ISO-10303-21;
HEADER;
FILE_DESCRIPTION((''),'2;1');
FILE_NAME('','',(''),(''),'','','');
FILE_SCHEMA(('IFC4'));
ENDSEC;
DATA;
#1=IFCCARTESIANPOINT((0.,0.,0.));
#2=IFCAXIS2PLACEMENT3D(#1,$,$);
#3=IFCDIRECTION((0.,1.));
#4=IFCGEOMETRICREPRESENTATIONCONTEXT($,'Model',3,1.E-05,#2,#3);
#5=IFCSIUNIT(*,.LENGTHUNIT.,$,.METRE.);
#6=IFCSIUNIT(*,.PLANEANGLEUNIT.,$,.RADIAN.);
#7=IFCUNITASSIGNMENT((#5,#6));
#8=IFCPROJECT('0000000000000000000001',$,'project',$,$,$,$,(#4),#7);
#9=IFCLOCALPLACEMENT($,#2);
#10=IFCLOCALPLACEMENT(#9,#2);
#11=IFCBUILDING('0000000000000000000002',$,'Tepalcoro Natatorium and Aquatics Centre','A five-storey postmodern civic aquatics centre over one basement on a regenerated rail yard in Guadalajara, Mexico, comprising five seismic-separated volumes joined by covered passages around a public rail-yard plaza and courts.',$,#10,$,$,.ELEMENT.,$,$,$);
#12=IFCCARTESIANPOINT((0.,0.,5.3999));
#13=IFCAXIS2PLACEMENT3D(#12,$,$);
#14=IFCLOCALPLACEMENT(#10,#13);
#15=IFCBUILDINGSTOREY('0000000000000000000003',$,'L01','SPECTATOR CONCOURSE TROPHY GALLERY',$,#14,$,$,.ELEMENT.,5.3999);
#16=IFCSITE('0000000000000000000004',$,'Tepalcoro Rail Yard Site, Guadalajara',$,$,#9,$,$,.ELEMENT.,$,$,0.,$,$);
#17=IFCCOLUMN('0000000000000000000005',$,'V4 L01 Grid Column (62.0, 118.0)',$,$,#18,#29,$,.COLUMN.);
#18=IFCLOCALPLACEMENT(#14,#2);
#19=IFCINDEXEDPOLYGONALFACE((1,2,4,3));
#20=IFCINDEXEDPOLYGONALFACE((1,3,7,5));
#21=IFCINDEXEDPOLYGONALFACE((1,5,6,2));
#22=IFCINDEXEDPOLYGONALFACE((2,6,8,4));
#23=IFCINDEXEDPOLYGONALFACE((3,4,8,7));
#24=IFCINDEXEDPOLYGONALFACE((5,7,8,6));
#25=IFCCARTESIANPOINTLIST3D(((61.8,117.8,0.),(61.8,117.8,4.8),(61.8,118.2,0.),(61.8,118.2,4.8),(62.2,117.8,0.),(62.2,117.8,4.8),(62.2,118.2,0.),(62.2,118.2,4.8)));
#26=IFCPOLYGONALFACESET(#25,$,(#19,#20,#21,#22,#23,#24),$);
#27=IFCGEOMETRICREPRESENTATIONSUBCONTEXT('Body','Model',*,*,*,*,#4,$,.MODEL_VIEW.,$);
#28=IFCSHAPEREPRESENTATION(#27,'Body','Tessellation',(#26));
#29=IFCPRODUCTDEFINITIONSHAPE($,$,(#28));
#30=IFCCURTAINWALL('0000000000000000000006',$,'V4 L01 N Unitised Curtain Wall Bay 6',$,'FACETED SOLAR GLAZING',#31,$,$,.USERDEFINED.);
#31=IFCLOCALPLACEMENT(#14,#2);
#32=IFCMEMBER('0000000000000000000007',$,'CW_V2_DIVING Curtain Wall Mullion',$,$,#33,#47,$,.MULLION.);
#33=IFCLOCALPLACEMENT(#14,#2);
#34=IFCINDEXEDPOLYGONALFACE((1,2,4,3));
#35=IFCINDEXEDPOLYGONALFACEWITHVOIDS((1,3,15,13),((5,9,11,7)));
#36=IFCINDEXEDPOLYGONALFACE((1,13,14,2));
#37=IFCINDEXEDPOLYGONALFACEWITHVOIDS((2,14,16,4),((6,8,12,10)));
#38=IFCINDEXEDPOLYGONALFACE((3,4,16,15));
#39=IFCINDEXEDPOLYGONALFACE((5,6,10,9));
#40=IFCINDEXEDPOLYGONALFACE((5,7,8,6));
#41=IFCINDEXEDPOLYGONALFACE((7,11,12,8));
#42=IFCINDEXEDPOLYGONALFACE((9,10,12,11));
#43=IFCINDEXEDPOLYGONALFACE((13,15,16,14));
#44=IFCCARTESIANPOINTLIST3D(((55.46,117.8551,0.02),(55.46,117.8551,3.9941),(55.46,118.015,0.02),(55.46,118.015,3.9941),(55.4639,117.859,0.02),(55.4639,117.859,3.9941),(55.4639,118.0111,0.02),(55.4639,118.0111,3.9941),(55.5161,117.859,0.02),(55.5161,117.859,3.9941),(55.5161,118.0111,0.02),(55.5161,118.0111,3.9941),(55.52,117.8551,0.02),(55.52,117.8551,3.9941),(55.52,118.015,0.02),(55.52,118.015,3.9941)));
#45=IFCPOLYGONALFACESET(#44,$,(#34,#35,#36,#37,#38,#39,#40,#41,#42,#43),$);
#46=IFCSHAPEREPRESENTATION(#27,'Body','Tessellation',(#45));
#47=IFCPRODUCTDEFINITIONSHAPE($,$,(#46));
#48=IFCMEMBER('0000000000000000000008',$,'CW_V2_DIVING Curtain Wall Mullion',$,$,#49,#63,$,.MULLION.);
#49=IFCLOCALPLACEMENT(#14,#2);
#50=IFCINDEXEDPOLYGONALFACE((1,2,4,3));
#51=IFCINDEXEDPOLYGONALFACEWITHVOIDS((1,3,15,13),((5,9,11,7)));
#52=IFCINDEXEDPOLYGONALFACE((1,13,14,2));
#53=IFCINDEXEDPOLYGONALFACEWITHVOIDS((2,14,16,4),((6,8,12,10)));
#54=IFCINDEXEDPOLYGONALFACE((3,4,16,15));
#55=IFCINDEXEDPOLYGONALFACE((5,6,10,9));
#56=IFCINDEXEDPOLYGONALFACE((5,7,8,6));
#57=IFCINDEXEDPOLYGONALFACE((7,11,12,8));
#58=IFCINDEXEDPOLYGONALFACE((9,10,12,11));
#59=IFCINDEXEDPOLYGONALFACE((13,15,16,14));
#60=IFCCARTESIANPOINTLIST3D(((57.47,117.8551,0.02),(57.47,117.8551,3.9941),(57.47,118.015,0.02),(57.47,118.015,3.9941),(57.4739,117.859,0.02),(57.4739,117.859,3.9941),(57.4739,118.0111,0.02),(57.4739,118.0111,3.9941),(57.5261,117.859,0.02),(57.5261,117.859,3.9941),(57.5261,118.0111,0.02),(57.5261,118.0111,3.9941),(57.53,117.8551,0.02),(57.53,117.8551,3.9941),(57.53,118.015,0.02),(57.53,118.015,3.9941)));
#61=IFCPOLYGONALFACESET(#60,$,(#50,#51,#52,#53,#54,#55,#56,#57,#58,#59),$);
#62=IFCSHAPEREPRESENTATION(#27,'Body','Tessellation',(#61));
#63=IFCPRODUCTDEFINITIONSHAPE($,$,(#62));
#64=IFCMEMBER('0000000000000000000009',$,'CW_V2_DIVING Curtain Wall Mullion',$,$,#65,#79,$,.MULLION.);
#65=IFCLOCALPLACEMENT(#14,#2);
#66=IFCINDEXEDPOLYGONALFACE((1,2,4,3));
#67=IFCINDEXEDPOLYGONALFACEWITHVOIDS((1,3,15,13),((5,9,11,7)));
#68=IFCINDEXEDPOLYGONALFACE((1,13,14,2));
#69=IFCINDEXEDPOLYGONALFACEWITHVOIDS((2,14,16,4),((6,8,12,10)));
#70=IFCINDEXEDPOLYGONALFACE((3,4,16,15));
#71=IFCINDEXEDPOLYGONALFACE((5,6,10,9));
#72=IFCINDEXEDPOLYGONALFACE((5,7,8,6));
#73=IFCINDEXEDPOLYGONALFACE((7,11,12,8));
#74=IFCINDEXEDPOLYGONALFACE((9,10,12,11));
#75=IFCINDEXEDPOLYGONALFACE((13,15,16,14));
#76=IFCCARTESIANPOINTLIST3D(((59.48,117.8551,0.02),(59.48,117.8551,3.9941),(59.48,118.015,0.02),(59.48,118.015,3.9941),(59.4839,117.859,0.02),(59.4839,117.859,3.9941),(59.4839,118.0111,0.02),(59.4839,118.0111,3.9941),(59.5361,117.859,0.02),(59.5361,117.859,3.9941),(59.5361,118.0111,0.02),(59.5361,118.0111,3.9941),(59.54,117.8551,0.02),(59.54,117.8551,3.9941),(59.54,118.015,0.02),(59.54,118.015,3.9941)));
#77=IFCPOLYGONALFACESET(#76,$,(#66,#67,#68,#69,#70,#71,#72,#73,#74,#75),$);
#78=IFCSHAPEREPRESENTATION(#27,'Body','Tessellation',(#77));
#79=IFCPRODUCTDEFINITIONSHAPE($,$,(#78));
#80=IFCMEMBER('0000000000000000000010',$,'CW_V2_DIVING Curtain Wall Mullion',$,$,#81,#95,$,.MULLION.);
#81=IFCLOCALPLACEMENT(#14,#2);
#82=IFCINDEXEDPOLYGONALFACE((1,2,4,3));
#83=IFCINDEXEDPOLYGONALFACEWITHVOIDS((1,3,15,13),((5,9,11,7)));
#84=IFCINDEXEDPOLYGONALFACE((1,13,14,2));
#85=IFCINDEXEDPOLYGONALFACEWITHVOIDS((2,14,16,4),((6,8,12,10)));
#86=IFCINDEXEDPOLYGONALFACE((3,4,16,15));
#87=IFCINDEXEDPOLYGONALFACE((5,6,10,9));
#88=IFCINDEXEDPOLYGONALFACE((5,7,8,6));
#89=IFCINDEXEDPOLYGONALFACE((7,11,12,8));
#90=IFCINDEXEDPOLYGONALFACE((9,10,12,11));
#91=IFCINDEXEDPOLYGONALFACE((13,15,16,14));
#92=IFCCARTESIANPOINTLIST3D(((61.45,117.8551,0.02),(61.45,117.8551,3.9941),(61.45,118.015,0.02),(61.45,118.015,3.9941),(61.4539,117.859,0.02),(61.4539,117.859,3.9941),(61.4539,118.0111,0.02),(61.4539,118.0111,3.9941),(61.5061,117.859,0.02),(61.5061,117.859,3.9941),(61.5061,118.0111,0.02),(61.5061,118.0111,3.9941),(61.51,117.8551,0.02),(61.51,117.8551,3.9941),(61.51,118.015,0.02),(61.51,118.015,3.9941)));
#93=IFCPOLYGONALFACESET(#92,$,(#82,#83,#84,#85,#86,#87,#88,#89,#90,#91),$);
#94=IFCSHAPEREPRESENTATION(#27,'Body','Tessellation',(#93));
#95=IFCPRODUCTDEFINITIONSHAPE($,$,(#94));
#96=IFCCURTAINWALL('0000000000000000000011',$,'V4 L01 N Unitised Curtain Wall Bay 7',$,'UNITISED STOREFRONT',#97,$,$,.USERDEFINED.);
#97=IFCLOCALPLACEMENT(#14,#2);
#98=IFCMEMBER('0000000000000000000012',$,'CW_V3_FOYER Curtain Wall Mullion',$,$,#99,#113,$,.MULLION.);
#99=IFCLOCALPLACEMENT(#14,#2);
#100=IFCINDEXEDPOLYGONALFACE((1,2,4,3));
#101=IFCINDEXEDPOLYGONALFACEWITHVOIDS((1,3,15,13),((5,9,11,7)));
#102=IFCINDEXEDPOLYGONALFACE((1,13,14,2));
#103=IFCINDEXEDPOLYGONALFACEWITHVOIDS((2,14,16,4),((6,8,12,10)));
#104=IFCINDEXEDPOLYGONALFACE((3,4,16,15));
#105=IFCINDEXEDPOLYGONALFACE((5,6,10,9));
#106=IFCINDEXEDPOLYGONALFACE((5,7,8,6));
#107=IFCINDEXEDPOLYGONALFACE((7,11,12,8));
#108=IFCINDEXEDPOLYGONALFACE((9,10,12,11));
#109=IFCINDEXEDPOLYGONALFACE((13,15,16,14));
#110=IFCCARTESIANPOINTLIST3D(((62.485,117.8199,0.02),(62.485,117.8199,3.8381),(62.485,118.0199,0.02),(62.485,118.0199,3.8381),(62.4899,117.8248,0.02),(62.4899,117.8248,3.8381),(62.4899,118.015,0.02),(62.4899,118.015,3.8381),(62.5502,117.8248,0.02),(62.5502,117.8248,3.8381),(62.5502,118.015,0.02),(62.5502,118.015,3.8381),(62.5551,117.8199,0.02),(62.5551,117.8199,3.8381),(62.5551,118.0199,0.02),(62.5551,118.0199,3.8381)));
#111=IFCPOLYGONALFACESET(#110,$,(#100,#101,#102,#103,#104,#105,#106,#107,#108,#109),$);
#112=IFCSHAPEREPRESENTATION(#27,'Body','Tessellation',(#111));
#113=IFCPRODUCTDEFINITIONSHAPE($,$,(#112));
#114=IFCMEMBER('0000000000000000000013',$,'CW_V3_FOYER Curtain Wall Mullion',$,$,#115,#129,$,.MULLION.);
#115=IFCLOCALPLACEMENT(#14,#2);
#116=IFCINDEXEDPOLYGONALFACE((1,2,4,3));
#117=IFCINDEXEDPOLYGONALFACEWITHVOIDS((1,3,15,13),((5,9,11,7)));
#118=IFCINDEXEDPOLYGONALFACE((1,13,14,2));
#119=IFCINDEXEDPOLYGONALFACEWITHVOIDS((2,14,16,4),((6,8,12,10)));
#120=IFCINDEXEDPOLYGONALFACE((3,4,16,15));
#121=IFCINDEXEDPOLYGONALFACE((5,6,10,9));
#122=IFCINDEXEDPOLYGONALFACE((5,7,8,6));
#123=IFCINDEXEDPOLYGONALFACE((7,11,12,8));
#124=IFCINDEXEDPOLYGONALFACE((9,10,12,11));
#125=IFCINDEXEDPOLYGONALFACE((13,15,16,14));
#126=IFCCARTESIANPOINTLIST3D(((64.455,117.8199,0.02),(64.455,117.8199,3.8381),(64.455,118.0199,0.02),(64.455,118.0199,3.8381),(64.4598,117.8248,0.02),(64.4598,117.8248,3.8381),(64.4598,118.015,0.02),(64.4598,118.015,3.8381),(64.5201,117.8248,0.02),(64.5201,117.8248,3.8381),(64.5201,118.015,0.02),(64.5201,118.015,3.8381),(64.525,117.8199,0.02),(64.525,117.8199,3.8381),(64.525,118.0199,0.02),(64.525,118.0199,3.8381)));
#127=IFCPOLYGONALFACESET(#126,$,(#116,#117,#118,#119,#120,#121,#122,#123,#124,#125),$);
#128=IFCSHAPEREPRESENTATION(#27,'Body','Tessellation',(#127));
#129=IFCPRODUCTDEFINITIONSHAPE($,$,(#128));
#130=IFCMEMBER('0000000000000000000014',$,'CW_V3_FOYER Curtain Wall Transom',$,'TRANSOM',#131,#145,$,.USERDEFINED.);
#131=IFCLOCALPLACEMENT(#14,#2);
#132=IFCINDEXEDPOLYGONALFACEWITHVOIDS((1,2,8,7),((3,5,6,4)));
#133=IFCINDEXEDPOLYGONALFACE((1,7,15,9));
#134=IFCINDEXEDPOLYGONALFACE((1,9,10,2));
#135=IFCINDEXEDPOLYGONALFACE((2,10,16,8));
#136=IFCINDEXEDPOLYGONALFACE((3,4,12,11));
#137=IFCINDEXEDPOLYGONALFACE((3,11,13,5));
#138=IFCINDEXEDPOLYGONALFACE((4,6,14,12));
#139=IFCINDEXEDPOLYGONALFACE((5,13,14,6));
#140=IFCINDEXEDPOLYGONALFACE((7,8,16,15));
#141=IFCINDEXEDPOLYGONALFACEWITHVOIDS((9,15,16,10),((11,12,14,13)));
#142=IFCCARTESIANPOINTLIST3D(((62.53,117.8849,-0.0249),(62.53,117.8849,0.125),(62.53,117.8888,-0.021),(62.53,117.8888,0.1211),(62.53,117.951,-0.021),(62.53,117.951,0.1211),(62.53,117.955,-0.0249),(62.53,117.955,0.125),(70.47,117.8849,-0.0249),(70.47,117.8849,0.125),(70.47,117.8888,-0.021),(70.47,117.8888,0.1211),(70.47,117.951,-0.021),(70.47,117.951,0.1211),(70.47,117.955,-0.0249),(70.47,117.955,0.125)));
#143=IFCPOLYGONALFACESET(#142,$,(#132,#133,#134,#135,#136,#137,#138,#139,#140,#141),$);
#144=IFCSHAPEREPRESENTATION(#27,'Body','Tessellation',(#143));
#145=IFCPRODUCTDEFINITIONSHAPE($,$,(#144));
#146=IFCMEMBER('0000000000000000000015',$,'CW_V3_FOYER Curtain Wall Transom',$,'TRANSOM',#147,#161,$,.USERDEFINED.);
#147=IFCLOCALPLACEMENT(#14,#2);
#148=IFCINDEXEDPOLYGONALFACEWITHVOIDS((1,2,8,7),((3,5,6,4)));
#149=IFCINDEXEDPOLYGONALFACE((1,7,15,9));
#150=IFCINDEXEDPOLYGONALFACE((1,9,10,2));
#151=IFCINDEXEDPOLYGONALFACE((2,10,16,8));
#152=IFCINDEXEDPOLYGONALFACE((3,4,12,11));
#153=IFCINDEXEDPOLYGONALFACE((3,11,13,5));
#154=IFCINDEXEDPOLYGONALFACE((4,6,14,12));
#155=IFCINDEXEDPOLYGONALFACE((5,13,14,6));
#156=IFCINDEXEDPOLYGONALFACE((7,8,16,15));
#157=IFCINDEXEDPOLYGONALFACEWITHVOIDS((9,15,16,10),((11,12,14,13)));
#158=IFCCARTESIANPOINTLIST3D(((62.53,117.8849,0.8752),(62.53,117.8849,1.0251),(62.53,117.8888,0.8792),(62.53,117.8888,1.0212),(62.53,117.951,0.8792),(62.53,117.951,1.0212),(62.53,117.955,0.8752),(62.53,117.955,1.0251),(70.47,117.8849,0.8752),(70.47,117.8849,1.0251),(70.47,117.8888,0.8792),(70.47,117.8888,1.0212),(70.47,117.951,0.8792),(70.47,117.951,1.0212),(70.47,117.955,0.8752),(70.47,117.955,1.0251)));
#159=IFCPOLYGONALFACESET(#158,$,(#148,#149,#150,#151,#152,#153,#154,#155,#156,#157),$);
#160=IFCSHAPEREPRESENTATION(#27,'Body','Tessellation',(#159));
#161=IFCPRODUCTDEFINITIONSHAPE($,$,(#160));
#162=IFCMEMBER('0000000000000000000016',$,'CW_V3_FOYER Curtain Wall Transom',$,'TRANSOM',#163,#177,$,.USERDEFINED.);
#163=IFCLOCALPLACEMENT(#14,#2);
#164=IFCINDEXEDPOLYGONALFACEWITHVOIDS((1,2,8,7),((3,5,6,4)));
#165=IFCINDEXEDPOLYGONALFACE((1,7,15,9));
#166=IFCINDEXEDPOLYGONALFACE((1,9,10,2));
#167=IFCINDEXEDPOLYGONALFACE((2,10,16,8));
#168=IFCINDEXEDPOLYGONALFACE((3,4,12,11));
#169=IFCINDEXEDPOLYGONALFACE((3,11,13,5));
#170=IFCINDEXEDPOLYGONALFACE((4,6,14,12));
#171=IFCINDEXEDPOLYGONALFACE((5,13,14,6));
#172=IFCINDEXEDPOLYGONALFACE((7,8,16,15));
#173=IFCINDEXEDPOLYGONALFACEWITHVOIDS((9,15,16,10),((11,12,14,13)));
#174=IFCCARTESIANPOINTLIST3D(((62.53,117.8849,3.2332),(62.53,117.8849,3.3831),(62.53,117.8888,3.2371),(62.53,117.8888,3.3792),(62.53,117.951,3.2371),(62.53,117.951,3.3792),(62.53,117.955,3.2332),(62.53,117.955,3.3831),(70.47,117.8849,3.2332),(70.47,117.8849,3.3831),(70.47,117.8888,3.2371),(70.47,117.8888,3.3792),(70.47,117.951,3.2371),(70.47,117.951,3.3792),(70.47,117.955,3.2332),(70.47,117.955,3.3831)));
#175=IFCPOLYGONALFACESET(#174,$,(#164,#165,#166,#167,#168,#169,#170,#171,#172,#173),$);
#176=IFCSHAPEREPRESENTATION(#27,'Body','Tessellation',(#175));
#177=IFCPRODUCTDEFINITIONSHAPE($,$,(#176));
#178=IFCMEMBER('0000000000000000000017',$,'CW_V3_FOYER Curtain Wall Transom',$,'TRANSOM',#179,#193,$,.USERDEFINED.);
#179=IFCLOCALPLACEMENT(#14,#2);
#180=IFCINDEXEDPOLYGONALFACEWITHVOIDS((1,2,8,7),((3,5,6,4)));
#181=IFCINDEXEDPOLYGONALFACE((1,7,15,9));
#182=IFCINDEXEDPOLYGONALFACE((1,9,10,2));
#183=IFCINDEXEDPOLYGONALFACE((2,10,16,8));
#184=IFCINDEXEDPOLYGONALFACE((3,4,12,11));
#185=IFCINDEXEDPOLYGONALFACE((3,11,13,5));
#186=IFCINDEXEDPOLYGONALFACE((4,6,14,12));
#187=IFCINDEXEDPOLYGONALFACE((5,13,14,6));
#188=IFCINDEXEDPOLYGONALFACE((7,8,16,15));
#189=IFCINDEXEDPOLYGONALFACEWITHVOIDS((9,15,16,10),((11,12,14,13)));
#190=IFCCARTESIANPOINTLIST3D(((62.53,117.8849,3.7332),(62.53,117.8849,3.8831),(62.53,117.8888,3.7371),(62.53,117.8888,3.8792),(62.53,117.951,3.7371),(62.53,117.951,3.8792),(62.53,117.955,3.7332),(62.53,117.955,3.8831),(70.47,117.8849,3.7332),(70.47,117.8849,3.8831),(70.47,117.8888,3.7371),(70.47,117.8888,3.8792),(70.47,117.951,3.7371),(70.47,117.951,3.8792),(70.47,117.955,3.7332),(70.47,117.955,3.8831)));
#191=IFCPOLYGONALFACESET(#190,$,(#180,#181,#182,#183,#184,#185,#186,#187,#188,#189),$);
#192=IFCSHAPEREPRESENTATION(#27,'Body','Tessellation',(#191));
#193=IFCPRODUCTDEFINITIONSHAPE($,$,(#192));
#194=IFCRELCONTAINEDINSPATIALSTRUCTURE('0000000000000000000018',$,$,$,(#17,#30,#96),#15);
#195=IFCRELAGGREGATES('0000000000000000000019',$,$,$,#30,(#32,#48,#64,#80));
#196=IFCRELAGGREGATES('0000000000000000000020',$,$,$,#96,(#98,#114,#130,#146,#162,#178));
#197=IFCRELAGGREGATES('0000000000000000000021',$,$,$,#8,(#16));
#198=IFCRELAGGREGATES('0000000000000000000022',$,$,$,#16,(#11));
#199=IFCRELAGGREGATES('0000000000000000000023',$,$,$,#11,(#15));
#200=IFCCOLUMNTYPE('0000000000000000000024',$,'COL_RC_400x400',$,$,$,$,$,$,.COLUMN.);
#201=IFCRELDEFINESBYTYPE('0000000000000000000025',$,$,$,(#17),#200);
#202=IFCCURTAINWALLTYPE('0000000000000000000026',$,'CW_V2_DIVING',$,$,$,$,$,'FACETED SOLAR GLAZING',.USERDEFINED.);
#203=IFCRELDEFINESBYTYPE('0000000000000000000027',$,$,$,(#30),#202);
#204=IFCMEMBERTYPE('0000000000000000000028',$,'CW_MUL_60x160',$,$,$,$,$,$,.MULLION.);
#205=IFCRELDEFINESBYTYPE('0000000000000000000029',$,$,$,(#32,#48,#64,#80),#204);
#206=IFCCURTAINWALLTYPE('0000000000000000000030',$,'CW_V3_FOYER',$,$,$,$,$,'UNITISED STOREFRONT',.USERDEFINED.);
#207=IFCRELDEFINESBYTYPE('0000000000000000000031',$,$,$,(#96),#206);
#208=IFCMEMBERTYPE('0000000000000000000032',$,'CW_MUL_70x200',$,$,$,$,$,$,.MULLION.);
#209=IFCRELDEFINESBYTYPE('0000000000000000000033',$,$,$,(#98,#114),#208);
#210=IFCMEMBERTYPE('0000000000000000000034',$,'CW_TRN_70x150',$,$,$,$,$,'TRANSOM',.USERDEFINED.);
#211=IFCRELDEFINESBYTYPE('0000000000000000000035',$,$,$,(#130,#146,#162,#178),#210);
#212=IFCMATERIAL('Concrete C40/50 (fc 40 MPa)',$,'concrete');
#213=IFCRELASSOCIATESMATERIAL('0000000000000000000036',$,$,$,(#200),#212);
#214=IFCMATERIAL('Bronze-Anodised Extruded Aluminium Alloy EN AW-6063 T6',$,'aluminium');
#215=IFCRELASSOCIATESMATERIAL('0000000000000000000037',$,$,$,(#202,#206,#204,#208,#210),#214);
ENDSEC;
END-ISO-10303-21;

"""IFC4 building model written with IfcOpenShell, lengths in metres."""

from ifc_helpers import new_model, si_unit, direction, frame, origin, origin_2d, place, context, subcontext, project, spatial, rectangle, hollow_rectangle, extrude, material, material_profile, profile_set, type_object, element, aggregate, save


model = new_model("IFC4")

# Units and contexts
model_context = context("Model", 3, precision=1e-05, world=origin(), true_north=direction((0.0, 1.0)))
body_context = subcontext(model_context, "Body", "Model", "MODEL_VIEW")
ifc_project = project(units=[si_unit("LENGTHUNIT", "METRE"), si_unit("PLANEANGLEUNIT", "RADIAN")], contexts=[model_context])

# Site, building, storey
site_placement = place(None, origin())
site = spatial("IfcSite", under=ifc_project, at=site_placement, Name="Tepalcoro Rail Yard Site, Guadalajara", CompositionType="ELEMENT", RefElevation=0.0)
building_placement = place(site_placement, origin())
building = spatial("IfcBuilding", under=site, at=building_placement, Name="Tepalcoro Natatorium and Aquatics Centre", Description="A five-storey postmodern civic aquatics centre over one basement on a regenerated rail yard in Guadalajara, Mexico, comprising five seismic-separated volumes joined by covered passages around a public rail-yard plaza and courts.", CompositionType="ELEMENT")
storey_placement = place(building_placement, frame((0.0, 0.0, 5.3999)))
storey = spatial("IfcBuildingStorey", under=building, at=storey_placement, Name="L01", Description="SPECTATOR CONCOURSE TROPHY GALLERY", CompositionType="ELEMENT", Elevation=5.3999)

# Column
ifc_material_1 = material(Name="Concrete C40/50 (fc 40 MPa)", Category="concrete")
ifc_material_profile_1 = material_profile(ifc_material_1, rectangle(XDim=0.3999, YDim=0.3999, at=origin_2d()), Name="RC400x400")
ifc_profile_set_1 = profile_set([ifc_material_profile_1], Name="Concrete C40/50 (fc 40 MPa)")
column_type = type_object("IfcColumnType", Name="COL_RC_400x400", PredefinedType="COLUMN", material=ifc_profile_set_1)
column_placement = place(storey_placement, frame((62.0, 118.0, 0.0), z_axis=(0.0, 0.0, 1.0), x_axis=(1.0, 0.0, 0.0)))
element("IfcColumn", 1, at=column_placement, inside=storey, type_object=column_type, Name="V4 L01 Grid Column (62.0, 118.0)", PredefinedType="COLUMN", context=body_context, shape_type="SweptSolid", body=[
    extrude(rectangle(XDim=0.3999, YDim=0.3999, at=origin_2d()), origin(), (0.0, 0.0, 1.0), 4.8),
])

# Curtain walls, members
ifc_material_2 = material(Name="Bronze-Anodised Extruded Aluminium Alloy EN AW-6063 T6", Category="aluminium")
curtain_wall_type_1 = type_object("IfcCurtainWallType", Name="CW_V2_DIVING", ElementType="FACETED SOLAR GLAZING", PredefinedType="USERDEFINED", material=ifc_material_2)
curtain_wall_1_placement = place(storey_placement, origin())
curtain_wall_1 = element("IfcCurtainWall", 2, at=curtain_wall_1_placement, inside=storey, type_object=curtain_wall_type_1, Name="V4 L01 N Unitised Curtain Wall Bay 6", ObjectType="FACETED SOLAR GLAZING", PredefinedType="USERDEFINED")
ifc_material_profile_2 = material_profile(ifc_material_2, hollow_rectangle(XDim=0.0601, YDim=0.1599, WallThickness=0.0039, at=origin_2d()), Name="AL60X160X4")
ifc_profile_set_2 = profile_set([ifc_material_profile_2], Name="Bronze-Anodised Extruded Aluminium Alloy EN AW-6063 T6")
member_type_1 = type_object("IfcMemberType", Name="CW_MUL_60x160", PredefinedType="MULLION", material=ifc_profile_set_2)
member_1_placement = place(storey_placement, frame((55.49, 117.9351, 0.02), z_axis=(0.0, 0.0, 1.0), x_axis=(1.0, 0.0, 0.0)))
member_1 = element("IfcMember", 3, at=member_1_placement, type_object=member_type_1, Name="CW_V2_DIVING Curtain Wall Mullion", PredefinedType="MULLION", context=body_context, shape_type="SweptSolid", body=[
    extrude(hollow_rectangle(XDim=0.0601, YDim=0.1599, WallThickness=0.0039, at=origin_2d()), origin(), (0.0, 0.0, 1.0), 3.9741),
])
member_2_placement = place(storey_placement, frame((57.5, 117.9351, 0.02), z_axis=(0.0, 0.0, 1.0), x_axis=(1.0, 0.0, 0.0)))
member_2 = element("IfcMember", 4, at=member_2_placement, type_object=member_type_1, Name="CW_V2_DIVING Curtain Wall Mullion", PredefinedType="MULLION", context=body_context, shape_type="SweptSolid", body=[
    extrude(hollow_rectangle(XDim=0.0601, YDim=0.1599, WallThickness=0.0039, at=origin_2d()), origin(), (0.0, 0.0, 1.0), 3.9741),
])
member_3_placement = place(storey_placement, frame((59.51, 117.9351, 0.02), z_axis=(0.0, 0.0, 1.0), x_axis=(1.0, 0.0, 0.0)))
member_3 = element("IfcMember", 5, at=member_3_placement, type_object=member_type_1, Name="CW_V2_DIVING Curtain Wall Mullion", PredefinedType="MULLION", context=body_context, shape_type="SweptSolid", body=[
    extrude(hollow_rectangle(XDim=0.0601, YDim=0.1599, WallThickness=0.0039, at=origin_2d()), origin(), (0.0, 0.0, 1.0), 3.9741),
])
member_4_placement = place(storey_placement, frame((61.48, 117.9351, 0.02), z_axis=(0.0, 0.0, 1.0), x_axis=(1.0, 0.0, 0.0)))
member_4 = element("IfcMember", 6, at=member_4_placement, type_object=member_type_1, Name="CW_V2_DIVING Curtain Wall Mullion", PredefinedType="MULLION", context=body_context, shape_type="SweptSolid", body=[
    extrude(hollow_rectangle(XDim=0.0601, YDim=0.1599, WallThickness=0.0039, at=origin_2d()), origin(), (0.0, 0.0, 1.0), 3.9741),
])
curtain_wall_type_2 = type_object("IfcCurtainWallType", Name="CW_V3_FOYER", ElementType="UNITISED STOREFRONT", PredefinedType="USERDEFINED", material=ifc_material_2)
curtain_wall_2_placement = place(storey_placement, origin())
curtain_wall_2 = element("IfcCurtainWall", 7, at=curtain_wall_2_placement, inside=storey, type_object=curtain_wall_type_2, Name="V4 L01 N Unitised Curtain Wall Bay 7", ObjectType="UNITISED STOREFRONT", PredefinedType="USERDEFINED")
ifc_material_profile_3 = material_profile(ifc_material_2, hollow_rectangle(XDim=0.0701, YDim=0.2, WallThickness=0.0049, at=origin_2d()), Name="AL70X200X5")
ifc_profile_set_3 = profile_set([ifc_material_profile_3], Name="Bronze-Anodised Extruded Aluminium Alloy EN AW-6063 T6")
member_type_2 = type_object("IfcMemberType", Name="CW_MUL_70x200", PredefinedType="MULLION", material=ifc_profile_set_3)
member_5_placement = place(storey_placement, frame((62.52, 117.9199, 0.02), z_axis=(0.0, 0.0, 1.0), x_axis=(1.0, 0.0, 0.0)))
member_5 = element("IfcMember", 8, at=member_5_placement, type_object=member_type_2, Name="CW_V3_FOYER Curtain Wall Mullion", PredefinedType="MULLION", context=body_context, shape_type="SweptSolid", body=[
    extrude(hollow_rectangle(XDim=0.0701, YDim=0.2, WallThickness=0.0049, at=origin_2d()), origin(), (0.0, 0.0, 1.0), 3.8181),
])
member_6_placement = place(storey_placement, frame((64.49, 117.9199, 0.02), z_axis=(0.0, 0.0, 1.0), x_axis=(1.0, 0.0, 0.0)))
member_6 = element("IfcMember", 9, at=member_6_placement, type_object=member_type_2, Name="CW_V3_FOYER Curtain Wall Mullion", PredefinedType="MULLION", context=body_context, shape_type="SweptSolid", body=[
    extrude(hollow_rectangle(XDim=0.0701, YDim=0.2, WallThickness=0.0049, at=origin_2d()), origin(), (0.0, 0.0, 1.0), 3.8181),
])
ifc_material_profile_4 = material_profile(ifc_material_2, hollow_rectangle(XDim=0.0701, YDim=0.1499, WallThickness=0.0039, at=origin_2d()), Name="AL70X150X4")
ifc_profile_set_4 = profile_set([ifc_material_profile_4], Name="Bronze-Anodised Extruded Aluminium Alloy EN AW-6063 T6")
member_type_3 = type_object("IfcMemberType", Name="CW_TRN_70x150", ElementType="TRANSOM", PredefinedType="USERDEFINED", material=ifc_profile_set_4)
member_7_placement = place(storey_placement, frame((62.53, 117.9199, 0.05), z_axis=(1.0, 0.0, 0.0), x_axis=(0.0, 1.0, 0.0)))
member_7 = element("IfcMember", 10, at=member_7_placement, type_object=member_type_3, Name="CW_V3_FOYER Curtain Wall Transom", ObjectType="TRANSOM", PredefinedType="USERDEFINED", context=body_context, shape_type="SweptSolid", body=[
    extrude(hollow_rectangle(XDim=0.0701, YDim=0.1499, WallThickness=0.0039, at=origin_2d()), origin(), (0.0, 0.0, 1.0), 7.9399),
])
member_8_placement = place(storey_placement, frame((62.53, 117.9199, 0.9502), z_axis=(1.0, 0.0, 0.0), x_axis=(0.0, 1.0, 0.0)))
member_8 = element("IfcMember", 11, at=member_8_placement, type_object=member_type_3, Name="CW_V3_FOYER Curtain Wall Transom", ObjectType="TRANSOM", PredefinedType="USERDEFINED", context=body_context, shape_type="SweptSolid", body=[
    extrude(hollow_rectangle(XDim=0.0701, YDim=0.1499, WallThickness=0.0039, at=origin_2d()), origin(), (0.0, 0.0, 1.0), 7.9399),
])
member_9_placement = place(storey_placement, frame((62.53, 117.9199, 3.3081), z_axis=(1.0, 0.0, 0.0), x_axis=(0.0, 1.0, 0.0)))
member_9 = element("IfcMember", 12, at=member_9_placement, type_object=member_type_3, Name="CW_V3_FOYER Curtain Wall Transom", ObjectType="TRANSOM", PredefinedType="USERDEFINED", context=body_context, shape_type="SweptSolid", body=[
    extrude(hollow_rectangle(XDim=0.0701, YDim=0.1499, WallThickness=0.0039, at=origin_2d()), origin(), (0.0, 0.0, 1.0), 7.9399),
])
member_10_placement = place(storey_placement, frame((62.53, 117.9199, 3.8081), z_axis=(1.0, 0.0, 0.0), x_axis=(0.0, 1.0, 0.0)))
member_10 = element("IfcMember", 13, at=member_10_placement, type_object=member_type_3, Name="CW_V3_FOYER Curtain Wall Transom", ObjectType="TRANSOM", PredefinedType="USERDEFINED", context=body_context, shape_type="SweptSolid", body=[
    extrude(hollow_rectangle(XDim=0.0701, YDim=0.1499, WallThickness=0.0039, at=origin_2d()), origin(), (0.0, 0.0, 1.0), 7.9399),
])

aggregate(curtain_wall_1, [member_1, member_2, member_3, member_4])
aggregate(curtain_wall_2, [member_5, member_6, member_7, member_8, member_9, member_10])

save(model, "model.ifc")
